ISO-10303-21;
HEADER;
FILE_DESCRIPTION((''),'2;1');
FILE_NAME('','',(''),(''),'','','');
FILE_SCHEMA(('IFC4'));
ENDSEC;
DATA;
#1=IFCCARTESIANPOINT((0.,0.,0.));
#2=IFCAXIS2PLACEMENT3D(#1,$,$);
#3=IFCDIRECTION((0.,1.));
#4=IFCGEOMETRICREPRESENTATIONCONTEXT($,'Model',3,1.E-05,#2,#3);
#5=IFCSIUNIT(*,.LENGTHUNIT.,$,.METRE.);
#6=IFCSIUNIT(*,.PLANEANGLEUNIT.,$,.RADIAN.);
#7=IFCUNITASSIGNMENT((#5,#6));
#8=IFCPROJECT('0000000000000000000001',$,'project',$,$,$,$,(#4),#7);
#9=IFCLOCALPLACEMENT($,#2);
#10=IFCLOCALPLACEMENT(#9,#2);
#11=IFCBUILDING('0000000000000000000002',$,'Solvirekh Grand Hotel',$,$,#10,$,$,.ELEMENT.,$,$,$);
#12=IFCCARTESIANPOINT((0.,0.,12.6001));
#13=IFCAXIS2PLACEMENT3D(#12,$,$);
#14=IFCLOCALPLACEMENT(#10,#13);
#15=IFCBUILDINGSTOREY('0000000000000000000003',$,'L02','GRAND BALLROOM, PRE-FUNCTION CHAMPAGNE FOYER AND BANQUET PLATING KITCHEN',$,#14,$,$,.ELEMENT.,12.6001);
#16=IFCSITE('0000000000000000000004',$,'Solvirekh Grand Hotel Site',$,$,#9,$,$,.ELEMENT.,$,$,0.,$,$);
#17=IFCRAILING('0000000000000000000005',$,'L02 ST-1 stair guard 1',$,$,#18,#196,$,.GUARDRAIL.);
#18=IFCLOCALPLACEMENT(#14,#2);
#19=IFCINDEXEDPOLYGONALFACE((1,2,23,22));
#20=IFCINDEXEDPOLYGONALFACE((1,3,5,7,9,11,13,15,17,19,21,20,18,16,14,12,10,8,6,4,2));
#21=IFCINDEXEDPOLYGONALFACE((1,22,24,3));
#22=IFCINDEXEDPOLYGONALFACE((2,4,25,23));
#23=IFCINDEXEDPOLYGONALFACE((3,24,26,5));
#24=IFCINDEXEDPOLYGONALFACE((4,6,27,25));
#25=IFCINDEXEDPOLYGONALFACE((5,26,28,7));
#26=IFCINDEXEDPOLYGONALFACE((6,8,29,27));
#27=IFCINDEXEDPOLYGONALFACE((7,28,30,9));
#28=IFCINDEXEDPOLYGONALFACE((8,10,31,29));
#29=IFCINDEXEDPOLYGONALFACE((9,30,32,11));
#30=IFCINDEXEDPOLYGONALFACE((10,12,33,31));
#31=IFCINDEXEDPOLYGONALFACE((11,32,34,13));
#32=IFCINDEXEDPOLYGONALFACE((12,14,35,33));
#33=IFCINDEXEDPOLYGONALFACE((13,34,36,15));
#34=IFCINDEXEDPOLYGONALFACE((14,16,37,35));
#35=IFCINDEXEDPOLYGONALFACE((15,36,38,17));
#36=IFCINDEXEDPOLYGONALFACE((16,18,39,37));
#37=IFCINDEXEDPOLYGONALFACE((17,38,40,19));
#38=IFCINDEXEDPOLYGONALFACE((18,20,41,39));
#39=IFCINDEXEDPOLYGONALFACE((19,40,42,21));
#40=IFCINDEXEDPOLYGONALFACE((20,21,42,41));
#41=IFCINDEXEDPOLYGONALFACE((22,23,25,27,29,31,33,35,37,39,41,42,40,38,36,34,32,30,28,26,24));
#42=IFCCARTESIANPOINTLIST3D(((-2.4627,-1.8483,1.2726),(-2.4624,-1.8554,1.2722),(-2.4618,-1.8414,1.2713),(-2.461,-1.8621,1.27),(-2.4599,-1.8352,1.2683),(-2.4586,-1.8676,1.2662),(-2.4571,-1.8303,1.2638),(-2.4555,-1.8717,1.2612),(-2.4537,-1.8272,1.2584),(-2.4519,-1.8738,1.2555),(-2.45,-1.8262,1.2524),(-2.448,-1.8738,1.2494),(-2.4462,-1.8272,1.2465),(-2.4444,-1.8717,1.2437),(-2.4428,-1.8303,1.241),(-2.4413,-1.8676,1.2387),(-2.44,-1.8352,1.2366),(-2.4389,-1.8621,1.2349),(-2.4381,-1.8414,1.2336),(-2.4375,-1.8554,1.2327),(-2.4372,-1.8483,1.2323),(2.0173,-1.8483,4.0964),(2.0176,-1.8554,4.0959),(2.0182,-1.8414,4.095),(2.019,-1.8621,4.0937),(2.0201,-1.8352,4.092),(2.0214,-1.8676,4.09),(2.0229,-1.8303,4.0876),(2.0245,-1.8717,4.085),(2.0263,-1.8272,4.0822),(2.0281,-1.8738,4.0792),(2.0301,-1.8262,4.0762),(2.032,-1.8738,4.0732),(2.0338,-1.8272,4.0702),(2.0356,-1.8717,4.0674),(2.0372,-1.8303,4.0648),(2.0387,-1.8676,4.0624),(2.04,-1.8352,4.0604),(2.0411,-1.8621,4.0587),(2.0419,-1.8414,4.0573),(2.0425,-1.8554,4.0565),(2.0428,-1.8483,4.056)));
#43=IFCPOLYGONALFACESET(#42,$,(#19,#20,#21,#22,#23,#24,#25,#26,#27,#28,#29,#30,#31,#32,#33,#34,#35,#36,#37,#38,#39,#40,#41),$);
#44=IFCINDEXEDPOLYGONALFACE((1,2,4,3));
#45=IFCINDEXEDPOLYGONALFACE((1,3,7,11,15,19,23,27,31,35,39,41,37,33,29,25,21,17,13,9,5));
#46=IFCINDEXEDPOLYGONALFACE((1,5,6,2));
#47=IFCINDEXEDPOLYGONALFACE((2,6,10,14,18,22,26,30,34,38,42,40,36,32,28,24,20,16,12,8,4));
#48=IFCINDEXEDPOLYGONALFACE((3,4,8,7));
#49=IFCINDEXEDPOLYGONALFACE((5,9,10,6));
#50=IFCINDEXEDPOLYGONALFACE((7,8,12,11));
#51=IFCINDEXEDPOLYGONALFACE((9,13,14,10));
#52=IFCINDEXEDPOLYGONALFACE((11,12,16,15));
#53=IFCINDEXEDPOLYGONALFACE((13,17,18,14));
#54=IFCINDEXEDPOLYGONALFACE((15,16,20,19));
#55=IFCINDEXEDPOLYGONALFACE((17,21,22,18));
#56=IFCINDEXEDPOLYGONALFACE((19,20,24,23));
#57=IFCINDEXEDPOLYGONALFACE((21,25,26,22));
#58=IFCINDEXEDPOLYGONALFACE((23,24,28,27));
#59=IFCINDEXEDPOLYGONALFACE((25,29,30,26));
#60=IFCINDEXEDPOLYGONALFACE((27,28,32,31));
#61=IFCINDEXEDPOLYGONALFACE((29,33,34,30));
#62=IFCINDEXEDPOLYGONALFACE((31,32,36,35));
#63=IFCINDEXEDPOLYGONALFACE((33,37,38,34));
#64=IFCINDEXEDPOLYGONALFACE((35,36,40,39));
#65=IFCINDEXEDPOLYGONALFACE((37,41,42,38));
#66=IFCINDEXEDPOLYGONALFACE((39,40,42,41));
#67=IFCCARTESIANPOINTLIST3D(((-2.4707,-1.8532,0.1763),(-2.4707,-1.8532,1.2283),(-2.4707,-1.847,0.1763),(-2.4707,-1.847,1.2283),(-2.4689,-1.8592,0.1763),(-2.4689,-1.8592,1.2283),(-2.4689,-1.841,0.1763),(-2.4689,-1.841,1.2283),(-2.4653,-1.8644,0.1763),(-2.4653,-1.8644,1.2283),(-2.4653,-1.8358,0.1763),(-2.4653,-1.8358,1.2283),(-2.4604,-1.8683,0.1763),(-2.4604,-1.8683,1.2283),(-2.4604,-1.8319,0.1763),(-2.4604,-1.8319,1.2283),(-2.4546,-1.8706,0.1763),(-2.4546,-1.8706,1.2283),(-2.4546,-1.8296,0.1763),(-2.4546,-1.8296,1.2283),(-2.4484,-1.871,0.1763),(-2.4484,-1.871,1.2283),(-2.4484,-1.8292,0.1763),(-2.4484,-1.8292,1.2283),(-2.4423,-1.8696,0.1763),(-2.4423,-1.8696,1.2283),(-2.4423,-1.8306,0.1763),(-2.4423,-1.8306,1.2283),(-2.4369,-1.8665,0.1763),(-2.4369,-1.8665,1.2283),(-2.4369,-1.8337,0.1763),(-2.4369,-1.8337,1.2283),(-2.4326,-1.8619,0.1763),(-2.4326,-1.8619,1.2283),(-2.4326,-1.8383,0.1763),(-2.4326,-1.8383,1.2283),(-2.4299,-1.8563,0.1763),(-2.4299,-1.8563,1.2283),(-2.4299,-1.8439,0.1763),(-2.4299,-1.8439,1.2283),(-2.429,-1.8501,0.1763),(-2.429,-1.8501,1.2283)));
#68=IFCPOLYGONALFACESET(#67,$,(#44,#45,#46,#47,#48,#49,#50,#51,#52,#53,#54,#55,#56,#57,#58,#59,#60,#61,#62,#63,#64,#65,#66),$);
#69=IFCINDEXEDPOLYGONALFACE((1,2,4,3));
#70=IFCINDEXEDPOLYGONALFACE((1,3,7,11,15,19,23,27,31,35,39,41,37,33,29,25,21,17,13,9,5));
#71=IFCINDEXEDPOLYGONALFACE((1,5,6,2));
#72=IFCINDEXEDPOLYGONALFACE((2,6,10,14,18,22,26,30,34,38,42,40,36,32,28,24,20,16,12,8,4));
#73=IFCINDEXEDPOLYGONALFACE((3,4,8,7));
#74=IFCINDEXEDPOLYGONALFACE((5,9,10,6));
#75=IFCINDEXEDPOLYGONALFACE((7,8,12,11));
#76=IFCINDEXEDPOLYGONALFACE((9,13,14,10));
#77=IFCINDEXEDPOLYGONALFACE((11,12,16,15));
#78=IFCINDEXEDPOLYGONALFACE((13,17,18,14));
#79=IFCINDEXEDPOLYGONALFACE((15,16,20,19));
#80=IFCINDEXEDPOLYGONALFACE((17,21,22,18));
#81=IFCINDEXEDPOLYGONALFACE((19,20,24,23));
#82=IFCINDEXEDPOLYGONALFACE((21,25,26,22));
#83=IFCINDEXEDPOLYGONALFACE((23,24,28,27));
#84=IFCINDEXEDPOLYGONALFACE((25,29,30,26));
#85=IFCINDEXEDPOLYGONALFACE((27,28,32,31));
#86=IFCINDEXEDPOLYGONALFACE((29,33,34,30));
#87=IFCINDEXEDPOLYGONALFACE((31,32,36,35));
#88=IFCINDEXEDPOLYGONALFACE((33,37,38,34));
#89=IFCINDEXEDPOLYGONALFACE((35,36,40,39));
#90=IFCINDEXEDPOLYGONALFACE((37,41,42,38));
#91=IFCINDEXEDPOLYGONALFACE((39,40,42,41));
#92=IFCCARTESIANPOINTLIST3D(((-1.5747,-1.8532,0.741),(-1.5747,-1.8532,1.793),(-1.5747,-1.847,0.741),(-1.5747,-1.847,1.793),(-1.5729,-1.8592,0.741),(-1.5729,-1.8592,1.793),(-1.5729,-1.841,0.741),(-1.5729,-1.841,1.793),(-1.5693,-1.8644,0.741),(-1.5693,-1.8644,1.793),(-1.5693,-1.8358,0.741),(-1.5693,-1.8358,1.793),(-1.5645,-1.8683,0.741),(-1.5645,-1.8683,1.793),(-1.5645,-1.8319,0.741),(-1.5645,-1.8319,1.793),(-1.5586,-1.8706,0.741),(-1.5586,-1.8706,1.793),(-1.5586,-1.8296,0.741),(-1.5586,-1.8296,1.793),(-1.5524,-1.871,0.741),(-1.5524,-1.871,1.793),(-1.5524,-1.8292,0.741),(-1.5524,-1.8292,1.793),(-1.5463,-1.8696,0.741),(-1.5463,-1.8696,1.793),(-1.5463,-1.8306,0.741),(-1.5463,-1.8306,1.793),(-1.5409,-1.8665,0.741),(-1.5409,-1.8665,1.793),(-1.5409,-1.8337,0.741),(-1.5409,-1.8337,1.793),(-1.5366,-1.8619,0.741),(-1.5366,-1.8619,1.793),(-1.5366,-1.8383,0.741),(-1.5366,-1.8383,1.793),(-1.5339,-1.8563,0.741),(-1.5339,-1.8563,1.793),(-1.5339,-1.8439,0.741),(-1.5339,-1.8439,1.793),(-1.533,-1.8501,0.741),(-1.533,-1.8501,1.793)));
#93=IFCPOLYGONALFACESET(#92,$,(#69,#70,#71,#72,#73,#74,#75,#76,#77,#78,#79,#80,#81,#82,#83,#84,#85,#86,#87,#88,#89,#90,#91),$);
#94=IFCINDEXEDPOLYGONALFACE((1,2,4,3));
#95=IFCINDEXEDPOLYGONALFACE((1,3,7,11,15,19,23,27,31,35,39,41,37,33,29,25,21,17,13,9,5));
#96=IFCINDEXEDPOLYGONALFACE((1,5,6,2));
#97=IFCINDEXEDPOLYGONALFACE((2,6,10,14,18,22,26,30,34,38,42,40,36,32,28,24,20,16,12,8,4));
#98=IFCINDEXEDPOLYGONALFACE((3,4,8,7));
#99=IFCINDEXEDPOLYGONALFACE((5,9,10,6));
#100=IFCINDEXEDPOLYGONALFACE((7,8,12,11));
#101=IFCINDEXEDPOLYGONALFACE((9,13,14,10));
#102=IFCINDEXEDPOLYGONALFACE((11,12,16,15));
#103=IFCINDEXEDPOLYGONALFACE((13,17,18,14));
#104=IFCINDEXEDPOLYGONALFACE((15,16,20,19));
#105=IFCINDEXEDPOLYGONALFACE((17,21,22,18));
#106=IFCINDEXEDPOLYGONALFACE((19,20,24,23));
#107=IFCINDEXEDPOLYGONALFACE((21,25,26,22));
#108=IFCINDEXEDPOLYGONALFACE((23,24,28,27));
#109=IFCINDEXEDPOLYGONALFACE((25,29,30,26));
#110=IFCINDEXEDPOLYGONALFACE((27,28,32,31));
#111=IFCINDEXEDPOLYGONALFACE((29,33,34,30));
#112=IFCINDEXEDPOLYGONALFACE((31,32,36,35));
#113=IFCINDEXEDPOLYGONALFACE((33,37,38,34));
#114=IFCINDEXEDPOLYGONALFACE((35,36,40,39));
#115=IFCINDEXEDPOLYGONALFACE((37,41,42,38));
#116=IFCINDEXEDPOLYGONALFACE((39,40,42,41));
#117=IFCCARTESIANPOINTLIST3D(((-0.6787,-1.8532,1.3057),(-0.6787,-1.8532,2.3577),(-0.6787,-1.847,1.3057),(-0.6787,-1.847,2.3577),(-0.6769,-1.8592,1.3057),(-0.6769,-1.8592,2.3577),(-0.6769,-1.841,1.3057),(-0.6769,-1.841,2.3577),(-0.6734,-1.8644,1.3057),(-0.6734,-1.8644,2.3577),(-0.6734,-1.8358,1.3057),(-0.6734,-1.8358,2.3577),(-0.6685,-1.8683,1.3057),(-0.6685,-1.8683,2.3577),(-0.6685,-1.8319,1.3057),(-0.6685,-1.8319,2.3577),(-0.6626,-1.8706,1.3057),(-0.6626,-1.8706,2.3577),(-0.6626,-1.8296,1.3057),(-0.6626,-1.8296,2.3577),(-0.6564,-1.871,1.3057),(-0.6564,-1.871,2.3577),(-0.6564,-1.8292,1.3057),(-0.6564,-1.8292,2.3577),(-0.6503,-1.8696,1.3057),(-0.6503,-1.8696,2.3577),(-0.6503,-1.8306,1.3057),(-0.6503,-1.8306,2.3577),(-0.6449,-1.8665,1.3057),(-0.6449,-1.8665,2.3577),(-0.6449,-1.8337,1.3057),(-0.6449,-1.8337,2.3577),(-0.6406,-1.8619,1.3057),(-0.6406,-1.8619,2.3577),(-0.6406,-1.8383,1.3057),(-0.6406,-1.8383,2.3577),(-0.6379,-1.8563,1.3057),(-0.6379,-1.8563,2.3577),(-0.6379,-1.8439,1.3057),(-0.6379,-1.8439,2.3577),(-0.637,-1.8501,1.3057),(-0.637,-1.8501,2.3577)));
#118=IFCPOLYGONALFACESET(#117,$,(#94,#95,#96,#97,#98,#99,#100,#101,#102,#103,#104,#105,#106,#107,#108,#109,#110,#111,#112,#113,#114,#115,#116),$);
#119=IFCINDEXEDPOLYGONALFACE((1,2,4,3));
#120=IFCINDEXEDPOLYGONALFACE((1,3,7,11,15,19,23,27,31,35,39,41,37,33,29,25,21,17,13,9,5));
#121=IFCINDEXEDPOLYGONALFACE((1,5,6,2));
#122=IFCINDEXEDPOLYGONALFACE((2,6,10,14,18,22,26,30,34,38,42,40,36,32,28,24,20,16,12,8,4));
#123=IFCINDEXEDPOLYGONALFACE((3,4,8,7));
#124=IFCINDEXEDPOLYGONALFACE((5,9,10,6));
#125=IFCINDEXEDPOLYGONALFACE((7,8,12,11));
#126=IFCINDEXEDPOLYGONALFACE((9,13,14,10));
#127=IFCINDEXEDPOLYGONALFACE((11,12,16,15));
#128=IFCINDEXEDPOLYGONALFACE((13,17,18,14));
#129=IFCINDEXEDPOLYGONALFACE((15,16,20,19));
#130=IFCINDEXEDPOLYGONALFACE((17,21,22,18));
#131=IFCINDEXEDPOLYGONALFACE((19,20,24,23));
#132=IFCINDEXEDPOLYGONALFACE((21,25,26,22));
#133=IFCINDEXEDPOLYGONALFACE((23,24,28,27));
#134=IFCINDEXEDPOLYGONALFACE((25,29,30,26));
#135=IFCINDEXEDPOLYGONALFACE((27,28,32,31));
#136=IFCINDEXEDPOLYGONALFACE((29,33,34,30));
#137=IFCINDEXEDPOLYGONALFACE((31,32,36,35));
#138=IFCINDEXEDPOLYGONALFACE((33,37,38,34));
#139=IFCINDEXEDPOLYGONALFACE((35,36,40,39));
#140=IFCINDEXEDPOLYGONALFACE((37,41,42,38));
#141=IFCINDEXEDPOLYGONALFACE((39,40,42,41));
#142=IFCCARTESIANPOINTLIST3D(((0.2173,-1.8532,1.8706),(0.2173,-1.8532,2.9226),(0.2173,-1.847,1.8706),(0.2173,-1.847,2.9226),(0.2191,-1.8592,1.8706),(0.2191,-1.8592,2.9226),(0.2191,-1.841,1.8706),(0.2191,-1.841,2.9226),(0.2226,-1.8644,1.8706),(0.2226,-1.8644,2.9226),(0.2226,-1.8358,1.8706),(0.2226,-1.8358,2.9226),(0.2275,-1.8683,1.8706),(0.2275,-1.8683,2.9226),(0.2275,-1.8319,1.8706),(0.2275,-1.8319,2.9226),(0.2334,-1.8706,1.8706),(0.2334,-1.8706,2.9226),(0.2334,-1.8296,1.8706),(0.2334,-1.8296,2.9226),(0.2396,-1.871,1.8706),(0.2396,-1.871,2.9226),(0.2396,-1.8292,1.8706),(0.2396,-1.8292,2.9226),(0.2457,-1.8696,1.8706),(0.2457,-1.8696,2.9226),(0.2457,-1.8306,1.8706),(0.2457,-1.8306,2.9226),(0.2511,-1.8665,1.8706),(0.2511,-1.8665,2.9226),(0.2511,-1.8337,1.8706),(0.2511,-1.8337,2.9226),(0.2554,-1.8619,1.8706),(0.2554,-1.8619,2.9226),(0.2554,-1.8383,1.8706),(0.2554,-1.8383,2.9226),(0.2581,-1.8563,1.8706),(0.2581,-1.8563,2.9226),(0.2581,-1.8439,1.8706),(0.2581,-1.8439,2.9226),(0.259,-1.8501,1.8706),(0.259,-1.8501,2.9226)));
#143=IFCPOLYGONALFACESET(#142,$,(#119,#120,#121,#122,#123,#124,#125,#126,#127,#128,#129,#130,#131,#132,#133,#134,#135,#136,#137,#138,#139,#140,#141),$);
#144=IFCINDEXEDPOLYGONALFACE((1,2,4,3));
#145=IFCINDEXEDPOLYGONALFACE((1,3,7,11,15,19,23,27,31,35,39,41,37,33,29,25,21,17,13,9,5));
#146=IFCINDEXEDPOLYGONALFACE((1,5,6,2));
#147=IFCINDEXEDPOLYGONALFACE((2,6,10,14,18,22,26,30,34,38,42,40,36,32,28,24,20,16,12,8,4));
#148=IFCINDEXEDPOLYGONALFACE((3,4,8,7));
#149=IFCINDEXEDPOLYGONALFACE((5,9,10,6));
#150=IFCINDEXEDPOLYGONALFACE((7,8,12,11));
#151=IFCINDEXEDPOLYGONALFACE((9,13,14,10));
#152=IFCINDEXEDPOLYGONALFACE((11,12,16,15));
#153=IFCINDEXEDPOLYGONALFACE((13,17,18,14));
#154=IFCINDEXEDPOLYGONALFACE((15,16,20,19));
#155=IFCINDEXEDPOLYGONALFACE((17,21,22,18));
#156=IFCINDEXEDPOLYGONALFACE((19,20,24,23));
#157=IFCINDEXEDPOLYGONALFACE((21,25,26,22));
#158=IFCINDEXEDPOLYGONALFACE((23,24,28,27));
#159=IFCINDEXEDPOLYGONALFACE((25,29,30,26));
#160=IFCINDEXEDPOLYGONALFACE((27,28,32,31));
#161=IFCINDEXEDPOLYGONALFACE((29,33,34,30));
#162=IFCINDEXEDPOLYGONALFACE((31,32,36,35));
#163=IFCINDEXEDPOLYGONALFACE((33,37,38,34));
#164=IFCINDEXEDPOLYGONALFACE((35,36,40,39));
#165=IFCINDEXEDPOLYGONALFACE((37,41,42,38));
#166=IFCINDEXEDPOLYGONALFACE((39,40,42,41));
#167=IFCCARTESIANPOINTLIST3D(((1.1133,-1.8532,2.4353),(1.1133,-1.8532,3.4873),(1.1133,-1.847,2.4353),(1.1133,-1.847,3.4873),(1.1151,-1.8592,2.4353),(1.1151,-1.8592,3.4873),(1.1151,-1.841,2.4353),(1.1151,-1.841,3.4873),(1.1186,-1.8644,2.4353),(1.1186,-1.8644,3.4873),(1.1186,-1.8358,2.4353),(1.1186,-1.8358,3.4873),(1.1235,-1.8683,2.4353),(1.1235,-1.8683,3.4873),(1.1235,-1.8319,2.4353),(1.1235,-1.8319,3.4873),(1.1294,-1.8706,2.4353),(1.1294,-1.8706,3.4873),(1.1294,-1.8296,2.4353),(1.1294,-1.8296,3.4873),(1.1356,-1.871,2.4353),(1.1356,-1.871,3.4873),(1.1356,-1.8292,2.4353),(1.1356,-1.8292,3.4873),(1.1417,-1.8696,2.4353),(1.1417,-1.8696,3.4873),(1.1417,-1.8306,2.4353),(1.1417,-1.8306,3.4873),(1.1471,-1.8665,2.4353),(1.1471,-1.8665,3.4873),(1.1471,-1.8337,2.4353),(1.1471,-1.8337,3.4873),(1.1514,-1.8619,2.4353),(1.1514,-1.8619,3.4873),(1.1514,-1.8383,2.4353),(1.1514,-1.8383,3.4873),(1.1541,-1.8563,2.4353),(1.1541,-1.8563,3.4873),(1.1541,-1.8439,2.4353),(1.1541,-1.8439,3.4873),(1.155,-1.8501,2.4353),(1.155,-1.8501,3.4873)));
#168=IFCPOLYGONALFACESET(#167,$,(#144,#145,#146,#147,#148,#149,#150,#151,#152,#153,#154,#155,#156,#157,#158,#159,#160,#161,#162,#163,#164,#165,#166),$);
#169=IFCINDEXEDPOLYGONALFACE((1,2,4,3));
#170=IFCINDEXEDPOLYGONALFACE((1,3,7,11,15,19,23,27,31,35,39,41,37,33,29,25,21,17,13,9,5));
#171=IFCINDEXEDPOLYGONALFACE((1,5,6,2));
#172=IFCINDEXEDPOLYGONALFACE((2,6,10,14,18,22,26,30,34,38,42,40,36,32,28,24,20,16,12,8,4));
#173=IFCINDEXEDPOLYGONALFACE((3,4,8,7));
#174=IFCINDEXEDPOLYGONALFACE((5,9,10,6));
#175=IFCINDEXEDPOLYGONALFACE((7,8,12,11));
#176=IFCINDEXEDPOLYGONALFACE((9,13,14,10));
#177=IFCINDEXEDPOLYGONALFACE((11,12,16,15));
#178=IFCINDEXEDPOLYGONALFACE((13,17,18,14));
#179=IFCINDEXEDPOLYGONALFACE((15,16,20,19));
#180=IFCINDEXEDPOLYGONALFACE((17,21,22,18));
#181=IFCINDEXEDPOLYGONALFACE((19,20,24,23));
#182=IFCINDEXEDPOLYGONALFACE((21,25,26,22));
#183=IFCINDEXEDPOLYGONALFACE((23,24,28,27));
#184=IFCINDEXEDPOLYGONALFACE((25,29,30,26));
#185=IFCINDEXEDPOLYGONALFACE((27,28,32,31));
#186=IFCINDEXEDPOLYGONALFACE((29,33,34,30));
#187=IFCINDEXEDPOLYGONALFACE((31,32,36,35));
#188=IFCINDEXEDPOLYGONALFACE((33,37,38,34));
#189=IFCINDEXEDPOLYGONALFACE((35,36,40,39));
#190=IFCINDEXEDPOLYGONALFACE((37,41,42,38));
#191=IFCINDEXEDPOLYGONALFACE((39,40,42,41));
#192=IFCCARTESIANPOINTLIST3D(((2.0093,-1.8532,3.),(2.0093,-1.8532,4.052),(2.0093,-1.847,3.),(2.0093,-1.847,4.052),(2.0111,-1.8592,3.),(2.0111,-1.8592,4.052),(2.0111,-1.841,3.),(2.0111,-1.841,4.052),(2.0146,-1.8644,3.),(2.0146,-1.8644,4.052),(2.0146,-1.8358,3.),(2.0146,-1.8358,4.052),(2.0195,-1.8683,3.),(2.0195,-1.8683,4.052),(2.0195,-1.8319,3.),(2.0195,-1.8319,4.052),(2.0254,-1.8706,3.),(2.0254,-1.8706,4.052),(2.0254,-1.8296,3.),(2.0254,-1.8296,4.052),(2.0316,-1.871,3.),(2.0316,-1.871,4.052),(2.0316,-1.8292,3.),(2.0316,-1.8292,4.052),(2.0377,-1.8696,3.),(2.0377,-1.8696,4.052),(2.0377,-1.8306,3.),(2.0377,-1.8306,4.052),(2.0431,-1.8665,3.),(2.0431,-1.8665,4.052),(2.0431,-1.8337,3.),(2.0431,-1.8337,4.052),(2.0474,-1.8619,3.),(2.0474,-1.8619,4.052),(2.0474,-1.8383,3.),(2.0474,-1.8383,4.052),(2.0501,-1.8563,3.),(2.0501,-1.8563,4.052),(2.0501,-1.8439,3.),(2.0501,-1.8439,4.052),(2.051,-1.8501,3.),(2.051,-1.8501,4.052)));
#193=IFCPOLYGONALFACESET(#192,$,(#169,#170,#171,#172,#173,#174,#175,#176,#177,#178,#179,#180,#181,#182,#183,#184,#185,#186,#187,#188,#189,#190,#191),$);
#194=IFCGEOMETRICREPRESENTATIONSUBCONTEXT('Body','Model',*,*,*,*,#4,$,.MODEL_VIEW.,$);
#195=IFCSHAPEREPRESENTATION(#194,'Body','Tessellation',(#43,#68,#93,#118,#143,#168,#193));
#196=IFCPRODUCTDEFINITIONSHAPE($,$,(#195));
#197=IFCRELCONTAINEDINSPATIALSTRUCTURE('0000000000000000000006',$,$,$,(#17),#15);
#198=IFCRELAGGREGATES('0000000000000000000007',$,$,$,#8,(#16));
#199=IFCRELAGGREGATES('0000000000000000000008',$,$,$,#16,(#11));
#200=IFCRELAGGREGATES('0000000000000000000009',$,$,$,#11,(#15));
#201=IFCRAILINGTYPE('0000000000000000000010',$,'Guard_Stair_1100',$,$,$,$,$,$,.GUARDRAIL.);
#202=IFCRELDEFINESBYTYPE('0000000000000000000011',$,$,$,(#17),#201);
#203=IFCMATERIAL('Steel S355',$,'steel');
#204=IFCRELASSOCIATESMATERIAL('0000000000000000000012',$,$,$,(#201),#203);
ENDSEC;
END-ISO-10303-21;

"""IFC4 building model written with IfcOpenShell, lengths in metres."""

from ifc_helpers import new_model, si_unit, direction, frame, origin, origin_2d, place, context, subcontext, project, spatial, circle, extrude, material, type_object, element, save


model = new_model("IFC4")

# Units and contexts
model_context = context("Model", 3, precision=1e-05, world=origin(), true_north=direction((0.0, 1.0)))
body_context = subcontext(model_context, "Body", "Model", "MODEL_VIEW")
ifc_project = project(units=[si_unit("LENGTHUNIT", "METRE"), si_unit("PLANEANGLEUNIT", "RADIAN")], contexts=[model_context])

# Site, building, storey
site_placement = place(None, origin())
site = spatial("IfcSite", under=ifc_project, at=site_placement, Name="Solvirekh Grand Hotel Site", CompositionType="ELEMENT", RefElevation=0.0)
building_placement = place(site_placement, origin())
building = spatial("IfcBuilding", under=site, at=building_placement, Name="Solvirekh Grand Hotel", CompositionType="ELEMENT")
storey_placement = place(building_placement, frame((0.0, 0.0, 12.6001)))
storey = spatial("IfcBuildingStorey", under=building, at=storey_placement, Name="L02", Description="GRAND BALLROOM, PRE-FUNCTION CHAMPAGNE FOYER AND BANQUET PLATING KITCHEN", CompositionType="ELEMENT", Elevation=12.6001)

# Railing
ifc_material_1 = material(Name="Steel S355", Category="steel")
railing_type_1 = type_object("IfcRailingType", Name="Guard_Stair_1100", PredefinedType="GUARDRAIL", material=ifc_material_1)
railing_1_placement = place(storey_placement, frame((-2.45, -1.8501, 0.1763)))
element("IfcRailing", 1, at=railing_1_placement, inside=storey, type_object=railing_type_1, Name="L02 ST-1 stair guard 1", PredefinedType="GUARDRAIL", context=body_context, shape_type="SweptSolid", body=[
    extrude(circle(Radius=0.0239, at=origin_2d()), frame((0.0, 0.0, 1.0762), z_axis=(0.845977, 0.0, 0.533219), x_axis=(0.0, 1.0, 0.0)), (0.0, 0.0, 1.0), 5.2957),
    extrude(circle(Radius=0.021, at=origin_2d()), origin(), (0.0, 0.0, 1.0), 1.052),
    extrude(circle(Radius=0.021, at=origin_2d()), frame((0.896, 0.0, 0.5647)), (0.0, 0.0, 1.0), 1.052),
    extrude(circle(Radius=0.021, at=origin_2d()), frame((1.792, 0.0, 1.1294)), (0.0, 0.0, 1.0), 1.052),
    extrude(circle(Radius=0.021, at=origin_2d()), frame((2.688, 0.0, 1.6943)), (0.0, 0.0, 1.0), 1.052),
    extrude(circle(Radius=0.021, at=origin_2d()), frame((3.584, 0.0, 2.259)), (0.0, 0.0, 1.0), 1.052),
    extrude(circle(Radius=0.021, at=origin_2d()), frame((4.48, 0.0, 2.8237)), (0.0, 0.0, 1.0), 1.052),
])

save(model, "model.ifc")
